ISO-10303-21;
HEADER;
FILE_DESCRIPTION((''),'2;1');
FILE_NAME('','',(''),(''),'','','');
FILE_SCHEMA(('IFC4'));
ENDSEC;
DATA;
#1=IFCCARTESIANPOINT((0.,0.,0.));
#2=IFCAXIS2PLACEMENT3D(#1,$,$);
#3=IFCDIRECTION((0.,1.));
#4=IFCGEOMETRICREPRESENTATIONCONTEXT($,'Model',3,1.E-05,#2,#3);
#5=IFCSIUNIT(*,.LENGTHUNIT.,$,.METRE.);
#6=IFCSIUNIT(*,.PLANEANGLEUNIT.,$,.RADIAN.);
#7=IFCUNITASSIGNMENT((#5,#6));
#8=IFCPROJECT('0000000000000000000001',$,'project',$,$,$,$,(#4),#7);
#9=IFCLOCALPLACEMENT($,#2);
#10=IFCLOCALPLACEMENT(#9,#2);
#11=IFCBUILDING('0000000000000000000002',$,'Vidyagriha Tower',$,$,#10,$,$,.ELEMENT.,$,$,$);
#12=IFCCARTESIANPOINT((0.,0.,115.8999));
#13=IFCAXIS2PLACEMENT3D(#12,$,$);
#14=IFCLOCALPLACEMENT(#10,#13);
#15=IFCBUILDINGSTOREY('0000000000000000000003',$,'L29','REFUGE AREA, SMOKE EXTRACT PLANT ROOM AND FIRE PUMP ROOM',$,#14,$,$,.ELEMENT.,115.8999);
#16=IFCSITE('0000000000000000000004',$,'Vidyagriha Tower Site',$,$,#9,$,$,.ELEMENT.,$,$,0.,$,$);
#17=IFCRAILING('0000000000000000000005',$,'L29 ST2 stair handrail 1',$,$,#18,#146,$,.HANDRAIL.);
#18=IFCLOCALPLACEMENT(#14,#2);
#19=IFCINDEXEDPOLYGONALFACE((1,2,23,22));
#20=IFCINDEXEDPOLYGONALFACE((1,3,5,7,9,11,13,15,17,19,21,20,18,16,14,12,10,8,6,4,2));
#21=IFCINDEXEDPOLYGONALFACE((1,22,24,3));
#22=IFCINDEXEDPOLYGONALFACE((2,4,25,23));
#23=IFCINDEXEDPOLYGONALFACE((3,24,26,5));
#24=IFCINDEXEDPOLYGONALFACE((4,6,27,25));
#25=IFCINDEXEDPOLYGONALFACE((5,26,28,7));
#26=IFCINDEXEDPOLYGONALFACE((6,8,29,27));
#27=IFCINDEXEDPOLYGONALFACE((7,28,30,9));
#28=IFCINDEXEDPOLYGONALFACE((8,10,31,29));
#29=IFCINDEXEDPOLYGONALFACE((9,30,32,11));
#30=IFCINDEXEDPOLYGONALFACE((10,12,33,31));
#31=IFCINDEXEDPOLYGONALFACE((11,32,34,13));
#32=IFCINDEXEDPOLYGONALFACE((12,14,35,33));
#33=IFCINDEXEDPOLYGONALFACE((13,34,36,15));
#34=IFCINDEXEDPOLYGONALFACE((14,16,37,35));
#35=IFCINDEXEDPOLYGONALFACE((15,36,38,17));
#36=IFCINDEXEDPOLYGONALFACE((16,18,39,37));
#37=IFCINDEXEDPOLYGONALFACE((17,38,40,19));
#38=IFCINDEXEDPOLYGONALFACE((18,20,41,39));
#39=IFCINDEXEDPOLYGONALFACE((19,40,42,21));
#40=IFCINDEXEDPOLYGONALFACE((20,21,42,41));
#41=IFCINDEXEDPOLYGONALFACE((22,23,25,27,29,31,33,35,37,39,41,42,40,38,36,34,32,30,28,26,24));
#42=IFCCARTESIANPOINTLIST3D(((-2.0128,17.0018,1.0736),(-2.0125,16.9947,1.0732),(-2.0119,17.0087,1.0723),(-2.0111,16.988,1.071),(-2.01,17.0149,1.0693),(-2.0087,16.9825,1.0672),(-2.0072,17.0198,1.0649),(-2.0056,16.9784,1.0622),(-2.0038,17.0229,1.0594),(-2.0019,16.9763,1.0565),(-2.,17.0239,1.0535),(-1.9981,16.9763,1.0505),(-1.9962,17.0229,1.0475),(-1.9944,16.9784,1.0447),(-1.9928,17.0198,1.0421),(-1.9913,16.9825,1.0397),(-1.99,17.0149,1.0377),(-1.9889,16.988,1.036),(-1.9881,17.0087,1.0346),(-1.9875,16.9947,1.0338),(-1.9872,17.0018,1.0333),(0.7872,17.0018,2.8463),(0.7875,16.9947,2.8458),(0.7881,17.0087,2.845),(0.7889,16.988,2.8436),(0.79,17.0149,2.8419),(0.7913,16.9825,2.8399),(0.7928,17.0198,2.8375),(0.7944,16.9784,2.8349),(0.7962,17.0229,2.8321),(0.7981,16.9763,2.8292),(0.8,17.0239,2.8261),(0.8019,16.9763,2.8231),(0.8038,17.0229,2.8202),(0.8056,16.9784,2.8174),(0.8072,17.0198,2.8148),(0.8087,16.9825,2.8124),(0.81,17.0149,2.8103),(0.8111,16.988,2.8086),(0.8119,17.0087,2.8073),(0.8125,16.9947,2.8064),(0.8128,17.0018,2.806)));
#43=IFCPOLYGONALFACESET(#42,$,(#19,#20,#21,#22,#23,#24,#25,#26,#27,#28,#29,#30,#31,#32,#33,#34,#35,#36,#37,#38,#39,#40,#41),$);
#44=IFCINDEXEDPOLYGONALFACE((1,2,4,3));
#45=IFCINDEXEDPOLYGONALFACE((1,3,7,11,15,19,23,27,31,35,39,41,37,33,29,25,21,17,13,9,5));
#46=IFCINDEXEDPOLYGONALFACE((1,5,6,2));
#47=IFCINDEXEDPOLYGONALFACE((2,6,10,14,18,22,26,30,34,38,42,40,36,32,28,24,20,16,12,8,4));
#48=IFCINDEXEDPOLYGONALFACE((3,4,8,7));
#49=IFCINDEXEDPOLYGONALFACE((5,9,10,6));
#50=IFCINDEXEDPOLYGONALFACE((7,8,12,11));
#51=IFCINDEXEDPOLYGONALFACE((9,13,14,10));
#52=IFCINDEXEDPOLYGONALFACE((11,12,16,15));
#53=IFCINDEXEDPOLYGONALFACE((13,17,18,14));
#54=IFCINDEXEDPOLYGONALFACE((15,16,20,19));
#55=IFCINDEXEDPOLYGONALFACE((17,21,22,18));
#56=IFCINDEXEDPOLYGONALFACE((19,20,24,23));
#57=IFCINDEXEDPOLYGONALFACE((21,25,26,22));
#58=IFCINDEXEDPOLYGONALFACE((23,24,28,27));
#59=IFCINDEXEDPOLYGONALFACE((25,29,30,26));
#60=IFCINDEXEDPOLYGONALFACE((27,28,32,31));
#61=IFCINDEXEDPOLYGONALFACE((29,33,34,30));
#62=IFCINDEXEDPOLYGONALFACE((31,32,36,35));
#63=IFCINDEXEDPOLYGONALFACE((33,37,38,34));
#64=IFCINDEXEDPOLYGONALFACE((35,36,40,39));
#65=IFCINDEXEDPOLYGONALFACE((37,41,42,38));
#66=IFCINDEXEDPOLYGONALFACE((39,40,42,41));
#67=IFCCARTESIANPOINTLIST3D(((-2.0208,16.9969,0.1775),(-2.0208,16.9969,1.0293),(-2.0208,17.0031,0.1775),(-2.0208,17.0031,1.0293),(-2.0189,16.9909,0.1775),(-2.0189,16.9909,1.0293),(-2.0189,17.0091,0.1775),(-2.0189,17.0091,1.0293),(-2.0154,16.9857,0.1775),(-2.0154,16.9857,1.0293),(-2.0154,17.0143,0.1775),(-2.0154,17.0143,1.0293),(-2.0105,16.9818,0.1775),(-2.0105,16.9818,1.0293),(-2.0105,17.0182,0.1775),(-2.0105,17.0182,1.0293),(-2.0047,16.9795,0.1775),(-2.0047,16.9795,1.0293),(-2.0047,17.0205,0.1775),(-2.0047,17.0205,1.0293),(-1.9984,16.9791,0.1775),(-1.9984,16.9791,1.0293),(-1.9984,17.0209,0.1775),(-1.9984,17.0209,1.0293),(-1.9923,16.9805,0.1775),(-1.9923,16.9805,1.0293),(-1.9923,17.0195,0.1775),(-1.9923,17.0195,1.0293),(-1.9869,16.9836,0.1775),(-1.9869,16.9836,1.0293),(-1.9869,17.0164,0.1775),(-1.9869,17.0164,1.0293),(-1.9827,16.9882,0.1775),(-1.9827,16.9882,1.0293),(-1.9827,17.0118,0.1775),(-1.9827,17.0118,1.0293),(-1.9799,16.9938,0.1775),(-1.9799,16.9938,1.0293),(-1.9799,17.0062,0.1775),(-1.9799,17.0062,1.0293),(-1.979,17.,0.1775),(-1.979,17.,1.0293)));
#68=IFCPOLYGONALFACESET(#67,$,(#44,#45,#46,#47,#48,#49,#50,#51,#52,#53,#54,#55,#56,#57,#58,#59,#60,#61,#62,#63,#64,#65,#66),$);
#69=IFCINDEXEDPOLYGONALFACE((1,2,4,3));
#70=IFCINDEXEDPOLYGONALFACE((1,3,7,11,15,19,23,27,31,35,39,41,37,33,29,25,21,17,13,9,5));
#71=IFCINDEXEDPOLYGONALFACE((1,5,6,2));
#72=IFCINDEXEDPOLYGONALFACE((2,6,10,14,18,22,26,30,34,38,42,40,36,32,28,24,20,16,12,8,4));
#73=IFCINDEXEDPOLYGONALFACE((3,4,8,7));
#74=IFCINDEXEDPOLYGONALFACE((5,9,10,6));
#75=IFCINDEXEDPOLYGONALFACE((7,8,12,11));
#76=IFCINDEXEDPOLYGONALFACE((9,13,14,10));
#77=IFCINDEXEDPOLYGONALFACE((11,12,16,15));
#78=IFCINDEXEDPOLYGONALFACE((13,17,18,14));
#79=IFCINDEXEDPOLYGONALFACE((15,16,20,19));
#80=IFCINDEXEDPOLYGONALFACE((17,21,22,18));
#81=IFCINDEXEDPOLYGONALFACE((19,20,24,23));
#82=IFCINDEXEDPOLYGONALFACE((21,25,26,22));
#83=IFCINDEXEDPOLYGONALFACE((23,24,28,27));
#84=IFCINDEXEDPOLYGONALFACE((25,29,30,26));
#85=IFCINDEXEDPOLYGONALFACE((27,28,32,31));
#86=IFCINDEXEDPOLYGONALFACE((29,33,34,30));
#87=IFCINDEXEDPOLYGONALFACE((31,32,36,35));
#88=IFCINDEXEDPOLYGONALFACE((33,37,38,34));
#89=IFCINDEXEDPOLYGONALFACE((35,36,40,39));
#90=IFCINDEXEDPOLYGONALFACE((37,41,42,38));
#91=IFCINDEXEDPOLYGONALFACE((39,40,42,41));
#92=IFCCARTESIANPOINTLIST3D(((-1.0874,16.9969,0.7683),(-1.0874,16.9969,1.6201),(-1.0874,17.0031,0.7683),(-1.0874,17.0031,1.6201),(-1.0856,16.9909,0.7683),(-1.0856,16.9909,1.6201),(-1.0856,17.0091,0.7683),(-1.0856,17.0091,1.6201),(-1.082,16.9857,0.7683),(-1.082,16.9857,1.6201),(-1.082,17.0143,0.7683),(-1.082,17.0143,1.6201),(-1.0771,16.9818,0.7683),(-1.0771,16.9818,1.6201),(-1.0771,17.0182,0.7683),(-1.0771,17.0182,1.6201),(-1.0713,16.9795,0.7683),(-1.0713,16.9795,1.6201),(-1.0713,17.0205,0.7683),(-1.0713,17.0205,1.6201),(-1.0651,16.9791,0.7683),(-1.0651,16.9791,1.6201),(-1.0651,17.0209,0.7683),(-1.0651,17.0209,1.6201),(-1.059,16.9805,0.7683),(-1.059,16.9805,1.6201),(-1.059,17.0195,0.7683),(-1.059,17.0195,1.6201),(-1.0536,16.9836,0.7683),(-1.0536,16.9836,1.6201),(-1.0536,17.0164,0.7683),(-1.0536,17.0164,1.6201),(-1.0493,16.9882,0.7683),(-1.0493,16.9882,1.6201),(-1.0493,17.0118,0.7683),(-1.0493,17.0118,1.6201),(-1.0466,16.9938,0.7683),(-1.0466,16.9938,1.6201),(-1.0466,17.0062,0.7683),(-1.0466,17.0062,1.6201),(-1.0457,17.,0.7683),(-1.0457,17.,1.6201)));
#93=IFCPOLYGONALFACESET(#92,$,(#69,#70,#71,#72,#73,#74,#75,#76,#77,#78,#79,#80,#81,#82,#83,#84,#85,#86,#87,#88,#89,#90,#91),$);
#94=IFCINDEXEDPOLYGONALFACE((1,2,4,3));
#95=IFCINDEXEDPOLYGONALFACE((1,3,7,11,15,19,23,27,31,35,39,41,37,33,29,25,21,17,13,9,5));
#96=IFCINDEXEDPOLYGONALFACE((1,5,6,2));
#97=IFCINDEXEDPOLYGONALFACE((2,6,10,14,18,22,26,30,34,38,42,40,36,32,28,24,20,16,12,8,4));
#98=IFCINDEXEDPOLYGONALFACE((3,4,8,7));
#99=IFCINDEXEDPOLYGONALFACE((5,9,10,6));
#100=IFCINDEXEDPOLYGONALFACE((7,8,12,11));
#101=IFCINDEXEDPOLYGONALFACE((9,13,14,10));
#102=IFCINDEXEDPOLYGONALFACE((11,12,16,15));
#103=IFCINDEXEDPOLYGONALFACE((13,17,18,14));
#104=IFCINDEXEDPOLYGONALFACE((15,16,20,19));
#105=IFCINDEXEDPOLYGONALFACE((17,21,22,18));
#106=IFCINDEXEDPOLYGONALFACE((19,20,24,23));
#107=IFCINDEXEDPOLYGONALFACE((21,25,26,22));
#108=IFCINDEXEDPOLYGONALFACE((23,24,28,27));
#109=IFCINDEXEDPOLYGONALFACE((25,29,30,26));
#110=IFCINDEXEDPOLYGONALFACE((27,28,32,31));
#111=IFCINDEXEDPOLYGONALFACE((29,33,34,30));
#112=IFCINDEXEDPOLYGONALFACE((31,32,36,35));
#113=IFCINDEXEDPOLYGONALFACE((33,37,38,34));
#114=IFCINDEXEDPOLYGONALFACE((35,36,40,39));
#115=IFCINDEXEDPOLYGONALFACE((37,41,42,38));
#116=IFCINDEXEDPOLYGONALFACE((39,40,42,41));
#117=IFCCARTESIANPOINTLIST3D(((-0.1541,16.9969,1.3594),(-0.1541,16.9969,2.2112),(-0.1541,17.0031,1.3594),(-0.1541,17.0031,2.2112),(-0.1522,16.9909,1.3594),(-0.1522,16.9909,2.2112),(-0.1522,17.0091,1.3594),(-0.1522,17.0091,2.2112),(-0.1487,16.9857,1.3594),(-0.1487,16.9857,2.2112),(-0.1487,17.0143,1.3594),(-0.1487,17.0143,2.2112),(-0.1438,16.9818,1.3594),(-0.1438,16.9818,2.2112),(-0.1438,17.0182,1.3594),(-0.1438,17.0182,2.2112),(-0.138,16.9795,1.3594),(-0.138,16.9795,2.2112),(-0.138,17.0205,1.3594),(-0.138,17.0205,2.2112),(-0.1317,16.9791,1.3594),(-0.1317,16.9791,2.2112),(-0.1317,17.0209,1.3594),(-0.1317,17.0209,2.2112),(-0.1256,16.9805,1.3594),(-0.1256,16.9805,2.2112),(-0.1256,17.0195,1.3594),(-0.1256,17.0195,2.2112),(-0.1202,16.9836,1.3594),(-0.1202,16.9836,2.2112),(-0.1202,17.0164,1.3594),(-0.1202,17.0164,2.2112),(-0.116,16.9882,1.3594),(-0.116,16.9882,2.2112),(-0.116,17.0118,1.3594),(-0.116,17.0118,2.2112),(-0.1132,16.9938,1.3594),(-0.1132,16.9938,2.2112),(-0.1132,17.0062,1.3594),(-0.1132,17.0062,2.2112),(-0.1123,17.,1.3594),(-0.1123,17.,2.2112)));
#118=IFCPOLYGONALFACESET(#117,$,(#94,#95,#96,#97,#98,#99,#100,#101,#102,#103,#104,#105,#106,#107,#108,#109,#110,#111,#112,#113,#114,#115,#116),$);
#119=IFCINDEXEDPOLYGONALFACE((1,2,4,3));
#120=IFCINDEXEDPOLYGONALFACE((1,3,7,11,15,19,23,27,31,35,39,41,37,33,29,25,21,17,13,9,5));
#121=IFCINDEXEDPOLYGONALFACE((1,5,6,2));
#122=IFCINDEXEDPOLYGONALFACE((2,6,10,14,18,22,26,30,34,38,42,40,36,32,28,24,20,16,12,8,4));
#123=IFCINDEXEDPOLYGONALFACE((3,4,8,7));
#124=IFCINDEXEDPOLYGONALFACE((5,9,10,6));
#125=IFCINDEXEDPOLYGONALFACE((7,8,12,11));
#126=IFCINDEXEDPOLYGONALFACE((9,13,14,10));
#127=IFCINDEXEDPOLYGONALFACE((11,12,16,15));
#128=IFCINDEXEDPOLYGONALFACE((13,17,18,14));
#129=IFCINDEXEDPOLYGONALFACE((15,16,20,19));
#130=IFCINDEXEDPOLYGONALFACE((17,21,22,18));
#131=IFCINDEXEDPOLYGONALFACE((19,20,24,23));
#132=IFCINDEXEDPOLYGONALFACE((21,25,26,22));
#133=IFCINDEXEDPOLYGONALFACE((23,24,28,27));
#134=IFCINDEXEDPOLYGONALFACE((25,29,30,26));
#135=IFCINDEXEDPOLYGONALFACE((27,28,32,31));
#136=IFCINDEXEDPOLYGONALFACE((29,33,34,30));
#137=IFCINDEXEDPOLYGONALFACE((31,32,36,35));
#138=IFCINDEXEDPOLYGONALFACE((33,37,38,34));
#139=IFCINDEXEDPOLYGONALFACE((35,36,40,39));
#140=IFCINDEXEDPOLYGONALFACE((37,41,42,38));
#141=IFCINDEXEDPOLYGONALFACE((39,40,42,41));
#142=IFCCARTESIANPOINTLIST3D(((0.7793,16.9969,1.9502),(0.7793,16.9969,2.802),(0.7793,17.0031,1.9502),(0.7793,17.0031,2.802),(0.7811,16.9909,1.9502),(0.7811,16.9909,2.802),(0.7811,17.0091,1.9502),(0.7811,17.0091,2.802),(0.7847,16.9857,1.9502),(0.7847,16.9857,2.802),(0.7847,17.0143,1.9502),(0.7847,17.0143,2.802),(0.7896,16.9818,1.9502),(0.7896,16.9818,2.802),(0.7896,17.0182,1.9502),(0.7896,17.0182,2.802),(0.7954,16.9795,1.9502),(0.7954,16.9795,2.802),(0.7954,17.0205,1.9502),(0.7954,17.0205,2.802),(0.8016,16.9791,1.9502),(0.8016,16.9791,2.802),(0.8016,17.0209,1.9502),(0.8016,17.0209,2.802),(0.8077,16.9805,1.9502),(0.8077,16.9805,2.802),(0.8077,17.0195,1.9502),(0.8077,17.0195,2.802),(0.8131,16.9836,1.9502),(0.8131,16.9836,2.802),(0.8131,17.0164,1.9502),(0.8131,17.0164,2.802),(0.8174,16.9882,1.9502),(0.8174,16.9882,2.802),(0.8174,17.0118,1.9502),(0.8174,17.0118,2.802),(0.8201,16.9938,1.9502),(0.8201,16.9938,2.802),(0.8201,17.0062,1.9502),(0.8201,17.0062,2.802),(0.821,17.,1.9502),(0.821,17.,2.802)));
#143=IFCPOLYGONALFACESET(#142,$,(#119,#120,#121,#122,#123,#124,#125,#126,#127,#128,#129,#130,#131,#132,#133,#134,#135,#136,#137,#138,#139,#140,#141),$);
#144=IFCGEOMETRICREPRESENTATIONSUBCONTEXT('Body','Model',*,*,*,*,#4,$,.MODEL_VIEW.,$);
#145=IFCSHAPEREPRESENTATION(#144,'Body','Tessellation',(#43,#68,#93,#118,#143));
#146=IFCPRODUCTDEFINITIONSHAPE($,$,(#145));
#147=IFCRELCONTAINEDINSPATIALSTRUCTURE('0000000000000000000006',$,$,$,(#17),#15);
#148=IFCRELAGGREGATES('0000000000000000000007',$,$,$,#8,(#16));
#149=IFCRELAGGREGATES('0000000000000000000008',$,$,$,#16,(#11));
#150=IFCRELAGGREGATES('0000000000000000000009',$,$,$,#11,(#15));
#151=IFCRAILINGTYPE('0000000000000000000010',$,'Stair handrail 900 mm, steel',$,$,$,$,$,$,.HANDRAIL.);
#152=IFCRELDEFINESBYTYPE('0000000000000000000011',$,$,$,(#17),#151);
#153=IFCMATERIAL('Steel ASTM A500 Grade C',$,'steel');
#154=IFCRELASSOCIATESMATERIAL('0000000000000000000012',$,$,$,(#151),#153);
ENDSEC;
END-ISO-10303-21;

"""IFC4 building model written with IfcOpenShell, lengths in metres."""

from ifc_helpers import new_model, si_unit, direction, frame, origin, origin_2d, place, context, subcontext, project, spatial, circle, extrude, material, type_object, element, save


model = new_model("IFC4")

# Units and contexts
model_context = context("Model", 3, precision=1e-05, world=origin(), true_north=direction((0.0, 1.0)))
body_context = subcontext(model_context, "Body", "Model", "MODEL_VIEW")
ifc_project = project(units=[si_unit("LENGTHUNIT", "METRE"), si_unit("PLANEANGLEUNIT", "RADIAN")], contexts=[model_context])

# Site, building, storey
site_placement = place(None, origin())
site = spatial("IfcSite", under=ifc_project, at=site_placement, Name="Vidyagriha Tower Site", CompositionType="ELEMENT", RefElevation=0.0)
building_placement = place(site_placement, origin())
building = spatial("IfcBuilding", under=site, at=building_placement, Name="Vidyagriha Tower", CompositionType="ELEMENT")
storey_placement = place(building_placement, frame((0.0, 0.0, 115.8999)))
storey = spatial("IfcBuildingStorey", under=building, at=storey_placement, Name="L29", Description="REFUGE AREA, SMOKE EXTRACT PLANT ROOM AND FIRE PUMP ROOM", CompositionType="ELEMENT", Elevation=115.8999)

# Railing
ifc_material_1 = material(Name="Steel ASTM A500 Grade C", Category="steel")
railing_type = type_object("IfcRailingType", Name="Stair handrail 900 mm, steel", PredefinedType="HANDRAIL", material=ifc_material_1)
for number, where, name in (
    (1, (-2.0, 17.0, 0.1775), "L29 ST2 stair handrail 1"),
):
    element("IfcRailing", number, at=place(storey_placement, frame(where)), inside=storey, type_object=railing_type, Name=name, PredefinedType="HANDRAIL", context=body_context, shape_type="SweptSolid", body=[
        extrude(circle(Radius=0.0239, at=origin_2d()), frame((0.0, 0.0, 0.876), z_axis=(0.844909, 0.0, 0.53491), x_axis=(0.0, 1.0, 0.0)), (0.0, 0.0, 1.0), 3.314),
        extrude(circle(Radius=0.021, at=origin_2d()), origin(), (0.0, 0.0, 1.0), 0.8518),
        extrude(circle(Radius=0.021, at=origin_2d()), frame((0.9333, 0.0, 0.5908)), (0.0, 0.0, 1.0), 0.8518),
        extrude(circle(Radius=0.021, at=origin_2d()), frame((1.8667, 0.0, 1.1819)), (0.0, 0.0, 1.0), 0.8518),
        extrude(circle(Radius=0.021, at=origin_2d()), frame((2.8, 0.0, 1.7727)), (0.0, 0.0, 1.0), 0.8518),
    ])

save(model, "model.ifc")
